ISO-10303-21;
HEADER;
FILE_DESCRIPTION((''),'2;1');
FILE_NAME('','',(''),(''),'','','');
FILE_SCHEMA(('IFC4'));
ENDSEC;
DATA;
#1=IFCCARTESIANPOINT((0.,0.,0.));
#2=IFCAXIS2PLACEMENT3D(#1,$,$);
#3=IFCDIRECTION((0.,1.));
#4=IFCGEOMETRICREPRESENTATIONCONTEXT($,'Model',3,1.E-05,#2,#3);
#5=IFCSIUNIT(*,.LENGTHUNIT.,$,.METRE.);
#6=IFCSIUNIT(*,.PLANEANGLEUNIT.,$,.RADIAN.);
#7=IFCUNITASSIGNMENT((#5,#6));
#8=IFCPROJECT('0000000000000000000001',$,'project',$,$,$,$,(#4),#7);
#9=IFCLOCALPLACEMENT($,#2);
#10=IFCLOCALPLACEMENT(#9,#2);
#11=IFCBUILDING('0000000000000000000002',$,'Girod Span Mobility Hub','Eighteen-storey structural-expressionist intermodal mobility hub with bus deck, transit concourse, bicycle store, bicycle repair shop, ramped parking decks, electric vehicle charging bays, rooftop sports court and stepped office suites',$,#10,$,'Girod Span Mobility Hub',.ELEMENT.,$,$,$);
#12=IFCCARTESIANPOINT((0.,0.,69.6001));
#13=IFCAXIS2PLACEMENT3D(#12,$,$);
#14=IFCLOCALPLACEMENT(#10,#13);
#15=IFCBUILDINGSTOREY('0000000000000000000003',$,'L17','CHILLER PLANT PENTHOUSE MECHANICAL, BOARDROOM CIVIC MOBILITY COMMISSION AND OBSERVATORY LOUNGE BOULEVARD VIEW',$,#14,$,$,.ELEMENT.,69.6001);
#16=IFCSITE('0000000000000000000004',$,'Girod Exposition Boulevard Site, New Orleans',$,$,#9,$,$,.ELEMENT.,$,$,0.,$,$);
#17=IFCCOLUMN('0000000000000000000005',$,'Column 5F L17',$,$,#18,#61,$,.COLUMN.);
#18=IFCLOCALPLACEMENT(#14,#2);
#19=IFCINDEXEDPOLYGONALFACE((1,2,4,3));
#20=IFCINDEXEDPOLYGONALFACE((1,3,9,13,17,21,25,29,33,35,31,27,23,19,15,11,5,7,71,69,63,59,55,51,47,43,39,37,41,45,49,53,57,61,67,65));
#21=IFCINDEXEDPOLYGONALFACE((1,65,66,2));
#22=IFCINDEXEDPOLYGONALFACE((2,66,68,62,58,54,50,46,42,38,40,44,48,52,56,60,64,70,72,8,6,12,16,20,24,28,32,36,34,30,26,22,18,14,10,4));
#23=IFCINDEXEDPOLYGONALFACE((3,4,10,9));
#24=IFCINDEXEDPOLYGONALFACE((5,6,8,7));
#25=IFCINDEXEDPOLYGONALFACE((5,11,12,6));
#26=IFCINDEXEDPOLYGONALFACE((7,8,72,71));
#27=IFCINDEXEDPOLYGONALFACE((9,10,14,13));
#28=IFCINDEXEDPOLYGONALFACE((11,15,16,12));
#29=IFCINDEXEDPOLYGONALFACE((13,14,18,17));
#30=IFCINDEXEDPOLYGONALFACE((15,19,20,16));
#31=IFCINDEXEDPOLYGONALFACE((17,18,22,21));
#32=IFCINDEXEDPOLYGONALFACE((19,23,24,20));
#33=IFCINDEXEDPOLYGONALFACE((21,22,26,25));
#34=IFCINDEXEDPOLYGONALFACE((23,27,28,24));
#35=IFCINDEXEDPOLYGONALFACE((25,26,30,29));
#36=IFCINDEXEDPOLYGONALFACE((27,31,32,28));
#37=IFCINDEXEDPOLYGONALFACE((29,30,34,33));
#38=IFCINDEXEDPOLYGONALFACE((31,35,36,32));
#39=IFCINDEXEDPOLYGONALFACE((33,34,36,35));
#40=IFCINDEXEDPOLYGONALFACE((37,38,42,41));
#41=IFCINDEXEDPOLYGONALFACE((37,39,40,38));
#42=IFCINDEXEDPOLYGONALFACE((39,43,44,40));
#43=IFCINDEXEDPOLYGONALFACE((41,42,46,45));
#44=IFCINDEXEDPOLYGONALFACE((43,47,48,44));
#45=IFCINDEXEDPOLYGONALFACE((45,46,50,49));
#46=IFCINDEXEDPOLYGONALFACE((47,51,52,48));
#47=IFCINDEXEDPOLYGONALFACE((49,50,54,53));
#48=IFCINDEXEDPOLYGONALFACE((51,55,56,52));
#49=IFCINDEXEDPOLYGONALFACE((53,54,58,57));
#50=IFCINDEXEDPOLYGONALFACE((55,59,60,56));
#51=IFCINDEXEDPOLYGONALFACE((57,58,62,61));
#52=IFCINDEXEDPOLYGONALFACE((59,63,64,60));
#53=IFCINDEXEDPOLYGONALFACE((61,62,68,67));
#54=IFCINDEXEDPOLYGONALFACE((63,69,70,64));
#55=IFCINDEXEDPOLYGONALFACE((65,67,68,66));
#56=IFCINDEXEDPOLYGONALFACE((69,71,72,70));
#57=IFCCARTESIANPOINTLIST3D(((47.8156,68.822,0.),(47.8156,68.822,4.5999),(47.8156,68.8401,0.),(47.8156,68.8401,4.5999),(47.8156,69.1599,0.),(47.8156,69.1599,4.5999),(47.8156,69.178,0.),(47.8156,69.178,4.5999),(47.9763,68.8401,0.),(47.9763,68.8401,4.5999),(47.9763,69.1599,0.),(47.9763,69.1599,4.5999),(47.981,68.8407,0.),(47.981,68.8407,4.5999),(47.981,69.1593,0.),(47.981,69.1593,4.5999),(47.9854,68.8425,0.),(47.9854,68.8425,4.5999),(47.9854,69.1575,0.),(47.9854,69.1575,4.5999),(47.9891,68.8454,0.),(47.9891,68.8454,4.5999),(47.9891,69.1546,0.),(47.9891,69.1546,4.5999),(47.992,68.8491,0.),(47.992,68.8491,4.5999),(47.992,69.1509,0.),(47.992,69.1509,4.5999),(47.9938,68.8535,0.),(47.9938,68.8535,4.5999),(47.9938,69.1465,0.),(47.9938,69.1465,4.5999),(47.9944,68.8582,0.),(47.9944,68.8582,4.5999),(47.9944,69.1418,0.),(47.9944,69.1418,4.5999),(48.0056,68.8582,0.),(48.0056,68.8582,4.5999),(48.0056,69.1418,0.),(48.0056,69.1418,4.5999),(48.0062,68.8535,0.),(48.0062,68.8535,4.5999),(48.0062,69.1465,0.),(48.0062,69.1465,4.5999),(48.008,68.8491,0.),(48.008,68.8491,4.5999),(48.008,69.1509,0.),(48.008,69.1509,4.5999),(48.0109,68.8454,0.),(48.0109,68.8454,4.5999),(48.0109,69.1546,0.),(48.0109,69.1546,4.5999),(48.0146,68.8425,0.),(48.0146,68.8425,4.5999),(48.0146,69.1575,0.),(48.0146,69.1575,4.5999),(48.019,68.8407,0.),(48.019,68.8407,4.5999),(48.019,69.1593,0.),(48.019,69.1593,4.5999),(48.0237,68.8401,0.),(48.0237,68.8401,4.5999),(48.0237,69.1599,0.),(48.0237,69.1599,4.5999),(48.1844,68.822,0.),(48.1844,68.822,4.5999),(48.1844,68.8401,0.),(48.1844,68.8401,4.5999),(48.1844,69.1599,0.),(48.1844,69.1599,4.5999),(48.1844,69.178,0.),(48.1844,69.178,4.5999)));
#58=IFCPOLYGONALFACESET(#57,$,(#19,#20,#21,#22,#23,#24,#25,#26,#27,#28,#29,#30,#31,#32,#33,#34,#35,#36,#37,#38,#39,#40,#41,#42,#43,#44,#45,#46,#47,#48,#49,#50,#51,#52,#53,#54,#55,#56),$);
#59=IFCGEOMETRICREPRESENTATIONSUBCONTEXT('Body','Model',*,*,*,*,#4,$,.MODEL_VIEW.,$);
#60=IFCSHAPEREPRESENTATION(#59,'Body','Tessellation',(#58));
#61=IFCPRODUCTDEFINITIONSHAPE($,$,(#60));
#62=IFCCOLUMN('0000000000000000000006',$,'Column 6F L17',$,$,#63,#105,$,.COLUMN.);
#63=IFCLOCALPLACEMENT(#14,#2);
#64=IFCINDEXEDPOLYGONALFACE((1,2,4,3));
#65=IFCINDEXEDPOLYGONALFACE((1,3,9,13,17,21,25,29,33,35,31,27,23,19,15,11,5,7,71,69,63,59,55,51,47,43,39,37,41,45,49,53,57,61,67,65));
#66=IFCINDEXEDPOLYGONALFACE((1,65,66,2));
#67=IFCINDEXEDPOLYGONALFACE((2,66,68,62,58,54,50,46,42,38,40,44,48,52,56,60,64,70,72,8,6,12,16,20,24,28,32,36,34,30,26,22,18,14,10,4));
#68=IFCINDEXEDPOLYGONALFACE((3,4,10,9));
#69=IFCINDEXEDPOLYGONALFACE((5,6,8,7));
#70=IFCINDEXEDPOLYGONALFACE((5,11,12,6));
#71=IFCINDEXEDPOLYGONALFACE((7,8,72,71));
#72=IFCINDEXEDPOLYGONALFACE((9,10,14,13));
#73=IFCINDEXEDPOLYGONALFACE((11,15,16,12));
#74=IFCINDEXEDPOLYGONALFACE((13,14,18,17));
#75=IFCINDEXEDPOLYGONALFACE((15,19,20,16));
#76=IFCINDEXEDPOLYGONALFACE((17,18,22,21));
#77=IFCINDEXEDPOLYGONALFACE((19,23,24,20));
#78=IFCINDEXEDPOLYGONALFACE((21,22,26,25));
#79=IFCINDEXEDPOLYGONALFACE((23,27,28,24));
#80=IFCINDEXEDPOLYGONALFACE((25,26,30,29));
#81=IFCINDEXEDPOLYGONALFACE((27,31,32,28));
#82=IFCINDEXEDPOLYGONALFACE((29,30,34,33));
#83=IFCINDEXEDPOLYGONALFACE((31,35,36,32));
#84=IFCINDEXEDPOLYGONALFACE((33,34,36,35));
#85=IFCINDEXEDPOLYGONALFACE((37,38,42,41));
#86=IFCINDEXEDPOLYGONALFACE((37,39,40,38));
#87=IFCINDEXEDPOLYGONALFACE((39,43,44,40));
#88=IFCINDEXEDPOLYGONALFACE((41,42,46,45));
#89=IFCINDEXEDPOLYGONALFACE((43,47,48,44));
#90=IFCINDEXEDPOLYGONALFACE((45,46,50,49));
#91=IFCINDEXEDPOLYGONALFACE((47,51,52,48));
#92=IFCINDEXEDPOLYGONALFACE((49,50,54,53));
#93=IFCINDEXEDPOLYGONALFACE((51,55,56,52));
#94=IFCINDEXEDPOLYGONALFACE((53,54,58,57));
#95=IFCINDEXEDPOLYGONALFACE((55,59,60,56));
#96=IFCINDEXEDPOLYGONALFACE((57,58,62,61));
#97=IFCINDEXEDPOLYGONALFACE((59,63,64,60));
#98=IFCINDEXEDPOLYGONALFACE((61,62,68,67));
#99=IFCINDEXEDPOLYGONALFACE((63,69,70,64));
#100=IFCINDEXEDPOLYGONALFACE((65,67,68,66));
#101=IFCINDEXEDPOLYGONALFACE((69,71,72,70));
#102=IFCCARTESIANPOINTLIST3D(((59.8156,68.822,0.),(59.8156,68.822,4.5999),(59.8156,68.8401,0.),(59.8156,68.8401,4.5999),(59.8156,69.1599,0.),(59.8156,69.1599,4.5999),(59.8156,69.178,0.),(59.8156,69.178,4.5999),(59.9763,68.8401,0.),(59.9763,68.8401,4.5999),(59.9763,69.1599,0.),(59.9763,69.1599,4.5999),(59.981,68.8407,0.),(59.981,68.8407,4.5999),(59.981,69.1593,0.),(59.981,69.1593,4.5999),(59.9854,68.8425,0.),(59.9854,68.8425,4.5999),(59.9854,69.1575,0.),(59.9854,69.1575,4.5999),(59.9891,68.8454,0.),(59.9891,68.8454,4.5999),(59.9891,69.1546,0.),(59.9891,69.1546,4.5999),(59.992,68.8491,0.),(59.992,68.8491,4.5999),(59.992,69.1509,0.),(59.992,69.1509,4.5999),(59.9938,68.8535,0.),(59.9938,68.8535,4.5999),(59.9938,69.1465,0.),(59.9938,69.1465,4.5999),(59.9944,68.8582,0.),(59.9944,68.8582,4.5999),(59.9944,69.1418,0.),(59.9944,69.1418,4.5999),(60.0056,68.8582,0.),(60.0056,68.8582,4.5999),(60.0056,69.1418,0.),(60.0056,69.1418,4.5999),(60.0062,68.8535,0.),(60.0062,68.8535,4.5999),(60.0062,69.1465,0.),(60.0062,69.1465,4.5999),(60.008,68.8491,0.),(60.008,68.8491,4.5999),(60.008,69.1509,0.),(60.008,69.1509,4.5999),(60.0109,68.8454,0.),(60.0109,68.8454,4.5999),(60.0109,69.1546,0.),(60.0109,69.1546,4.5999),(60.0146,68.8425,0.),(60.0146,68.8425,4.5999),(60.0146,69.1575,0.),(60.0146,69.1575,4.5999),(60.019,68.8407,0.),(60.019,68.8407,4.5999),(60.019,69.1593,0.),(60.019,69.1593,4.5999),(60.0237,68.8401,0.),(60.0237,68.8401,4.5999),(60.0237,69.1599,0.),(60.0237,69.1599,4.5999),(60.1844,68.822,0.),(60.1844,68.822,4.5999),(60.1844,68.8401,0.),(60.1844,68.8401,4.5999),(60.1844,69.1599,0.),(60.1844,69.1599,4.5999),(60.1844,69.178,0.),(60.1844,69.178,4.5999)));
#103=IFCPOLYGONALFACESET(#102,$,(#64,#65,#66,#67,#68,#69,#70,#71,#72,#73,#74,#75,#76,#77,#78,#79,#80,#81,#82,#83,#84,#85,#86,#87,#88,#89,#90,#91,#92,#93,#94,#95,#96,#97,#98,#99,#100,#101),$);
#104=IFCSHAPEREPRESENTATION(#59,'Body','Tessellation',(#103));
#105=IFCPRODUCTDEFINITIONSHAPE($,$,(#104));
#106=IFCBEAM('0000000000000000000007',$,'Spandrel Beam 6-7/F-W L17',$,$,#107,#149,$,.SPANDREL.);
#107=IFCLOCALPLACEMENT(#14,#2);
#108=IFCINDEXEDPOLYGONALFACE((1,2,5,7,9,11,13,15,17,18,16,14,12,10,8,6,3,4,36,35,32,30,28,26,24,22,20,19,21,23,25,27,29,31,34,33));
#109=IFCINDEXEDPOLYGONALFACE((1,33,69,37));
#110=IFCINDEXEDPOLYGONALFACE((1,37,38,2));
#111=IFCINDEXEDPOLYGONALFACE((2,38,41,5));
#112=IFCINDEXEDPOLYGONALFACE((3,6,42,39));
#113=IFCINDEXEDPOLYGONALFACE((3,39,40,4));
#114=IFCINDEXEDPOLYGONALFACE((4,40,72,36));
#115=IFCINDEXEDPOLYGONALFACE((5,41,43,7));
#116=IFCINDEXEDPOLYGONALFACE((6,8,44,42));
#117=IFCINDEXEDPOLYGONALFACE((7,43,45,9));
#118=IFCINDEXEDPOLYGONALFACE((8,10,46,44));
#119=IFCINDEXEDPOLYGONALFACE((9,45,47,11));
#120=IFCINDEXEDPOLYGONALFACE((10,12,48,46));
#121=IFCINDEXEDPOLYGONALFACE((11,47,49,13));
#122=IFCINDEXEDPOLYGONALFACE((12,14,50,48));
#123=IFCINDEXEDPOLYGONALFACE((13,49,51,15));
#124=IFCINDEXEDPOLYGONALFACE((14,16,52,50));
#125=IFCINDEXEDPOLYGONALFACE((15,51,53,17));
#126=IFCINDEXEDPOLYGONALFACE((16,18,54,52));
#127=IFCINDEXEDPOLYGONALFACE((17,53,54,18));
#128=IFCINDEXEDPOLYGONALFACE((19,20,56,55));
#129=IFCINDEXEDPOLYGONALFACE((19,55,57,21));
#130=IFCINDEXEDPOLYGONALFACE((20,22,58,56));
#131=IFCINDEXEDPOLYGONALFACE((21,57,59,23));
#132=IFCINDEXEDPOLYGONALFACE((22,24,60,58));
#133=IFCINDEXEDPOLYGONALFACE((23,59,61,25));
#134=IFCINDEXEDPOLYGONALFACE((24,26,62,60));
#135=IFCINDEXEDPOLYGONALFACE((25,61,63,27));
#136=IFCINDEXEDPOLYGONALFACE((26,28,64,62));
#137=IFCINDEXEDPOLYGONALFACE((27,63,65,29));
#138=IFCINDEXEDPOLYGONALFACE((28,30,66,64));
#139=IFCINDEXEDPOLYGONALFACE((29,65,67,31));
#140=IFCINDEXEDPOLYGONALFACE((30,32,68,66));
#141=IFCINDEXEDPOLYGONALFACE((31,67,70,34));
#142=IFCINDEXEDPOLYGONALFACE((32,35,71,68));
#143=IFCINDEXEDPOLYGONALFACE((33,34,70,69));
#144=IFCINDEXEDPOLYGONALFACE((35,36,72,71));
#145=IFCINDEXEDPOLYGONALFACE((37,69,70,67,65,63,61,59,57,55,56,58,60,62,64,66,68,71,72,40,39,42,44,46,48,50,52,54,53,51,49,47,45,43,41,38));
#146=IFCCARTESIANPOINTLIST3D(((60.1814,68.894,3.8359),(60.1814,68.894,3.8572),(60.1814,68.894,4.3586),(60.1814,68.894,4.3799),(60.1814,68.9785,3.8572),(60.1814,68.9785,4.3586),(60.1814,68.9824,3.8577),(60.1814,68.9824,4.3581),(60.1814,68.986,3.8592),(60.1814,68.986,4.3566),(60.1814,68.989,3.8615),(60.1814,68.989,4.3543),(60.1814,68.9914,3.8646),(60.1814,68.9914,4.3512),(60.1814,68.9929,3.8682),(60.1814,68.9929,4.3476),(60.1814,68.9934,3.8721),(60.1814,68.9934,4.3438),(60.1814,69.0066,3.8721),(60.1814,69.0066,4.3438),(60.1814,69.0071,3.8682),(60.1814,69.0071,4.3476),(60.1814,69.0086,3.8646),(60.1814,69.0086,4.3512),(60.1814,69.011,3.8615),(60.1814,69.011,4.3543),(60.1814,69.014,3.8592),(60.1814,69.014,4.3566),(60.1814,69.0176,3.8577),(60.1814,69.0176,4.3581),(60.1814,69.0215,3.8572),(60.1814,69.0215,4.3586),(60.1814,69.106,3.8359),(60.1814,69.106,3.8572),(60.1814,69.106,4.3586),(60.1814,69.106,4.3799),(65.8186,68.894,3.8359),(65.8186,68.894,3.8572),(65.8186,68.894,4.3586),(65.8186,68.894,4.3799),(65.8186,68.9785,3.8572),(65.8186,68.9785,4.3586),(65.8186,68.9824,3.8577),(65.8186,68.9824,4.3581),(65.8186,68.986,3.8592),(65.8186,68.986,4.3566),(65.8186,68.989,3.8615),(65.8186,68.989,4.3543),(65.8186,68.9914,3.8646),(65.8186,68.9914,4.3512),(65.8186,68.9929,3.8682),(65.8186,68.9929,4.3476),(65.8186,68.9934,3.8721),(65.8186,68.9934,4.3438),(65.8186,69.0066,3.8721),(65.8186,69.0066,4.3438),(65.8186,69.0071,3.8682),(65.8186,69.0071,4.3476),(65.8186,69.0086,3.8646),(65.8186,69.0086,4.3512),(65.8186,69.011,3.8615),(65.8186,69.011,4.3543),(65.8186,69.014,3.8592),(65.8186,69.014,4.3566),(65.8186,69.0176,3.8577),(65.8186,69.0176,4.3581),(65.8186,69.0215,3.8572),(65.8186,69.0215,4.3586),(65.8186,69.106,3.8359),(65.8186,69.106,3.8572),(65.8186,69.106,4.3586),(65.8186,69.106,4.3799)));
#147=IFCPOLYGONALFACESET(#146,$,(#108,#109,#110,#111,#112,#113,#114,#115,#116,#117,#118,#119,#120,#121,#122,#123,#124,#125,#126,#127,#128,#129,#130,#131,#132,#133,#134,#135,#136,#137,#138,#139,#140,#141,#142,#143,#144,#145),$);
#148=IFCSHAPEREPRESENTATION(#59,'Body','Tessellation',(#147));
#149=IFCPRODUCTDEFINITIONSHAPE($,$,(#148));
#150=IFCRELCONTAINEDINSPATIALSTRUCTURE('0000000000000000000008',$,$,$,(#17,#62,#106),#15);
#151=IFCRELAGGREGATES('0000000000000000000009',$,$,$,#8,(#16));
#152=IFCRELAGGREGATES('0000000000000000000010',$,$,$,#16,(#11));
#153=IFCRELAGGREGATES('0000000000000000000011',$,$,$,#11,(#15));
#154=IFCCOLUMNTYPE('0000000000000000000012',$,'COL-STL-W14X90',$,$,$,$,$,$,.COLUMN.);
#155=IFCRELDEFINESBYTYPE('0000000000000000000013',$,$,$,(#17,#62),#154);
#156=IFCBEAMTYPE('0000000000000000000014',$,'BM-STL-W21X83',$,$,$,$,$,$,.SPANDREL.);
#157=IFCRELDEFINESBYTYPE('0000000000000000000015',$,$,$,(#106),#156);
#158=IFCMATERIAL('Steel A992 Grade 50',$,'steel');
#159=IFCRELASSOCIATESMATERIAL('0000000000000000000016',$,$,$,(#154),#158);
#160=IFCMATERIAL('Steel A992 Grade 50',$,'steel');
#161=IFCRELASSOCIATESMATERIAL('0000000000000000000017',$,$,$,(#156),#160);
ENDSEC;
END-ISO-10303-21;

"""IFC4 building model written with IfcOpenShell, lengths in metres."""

from ifc_helpers import new_model, si_unit, direction, frame, origin, origin_2d, place, context, subcontext, project, spatial, i_section, extrude, material, material_profile, profile_set, type_object, element, save


model = new_model("IFC4")

# Units and contexts
model_context = context("Model", 3, precision=1e-05, world=origin(), true_north=direction((0.0, 1.0)))
body_context = subcontext(model_context, "Body", "Model", "MODEL_VIEW")
ifc_project = project(units=[si_unit("LENGTHUNIT", "METRE"), si_unit("PLANEANGLEUNIT", "RADIAN")], contexts=[model_context])

# Site, building, storey
site_placement = place(None, origin())
site = spatial("IfcSite", under=ifc_project, at=site_placement, Name="Girod Exposition Boulevard Site, New Orleans", CompositionType="ELEMENT", RefElevation=0.0)
building_placement = place(site_placement, origin())
building = spatial("IfcBuilding", under=site, at=building_placement, Name="Girod Span Mobility Hub", Description="Eighteen-storey structural-expressionist intermodal mobility hub with bus deck, transit concourse, bicycle store, bicycle repair shop, ramped parking decks, electric vehicle charging bays, rooftop sports court and stepped office suites", LongName="Girod Span Mobility Hub", CompositionType="ELEMENT")
storey_placement = place(building_placement, frame((0.0, 0.0, 69.6001)))
storey = spatial("IfcBuildingStorey", under=building, at=storey_placement, Name="L17", Description="CHILLER PLANT PENTHOUSE MECHANICAL, BOARDROOM CIVIC MOBILITY COMMISSION AND OBSERVATORY LOUNGE BOULEVARD VIEW", CompositionType="ELEMENT", Elevation=69.6001)

# Columns
ifc_material_1 = material(Name="Steel A992 Grade 50", Category="steel")
ifc_material_profile_1 = material_profile(ifc_material_1, i_section(OverallWidth=0.3689, OverallDepth=0.356, WebThickness=0.0112, FlangeThickness=0.0181, FilletRadius=0.0181, at=origin_2d()), Name="W14X90")
ifc_profile_set_1 = profile_set([ifc_material_profile_1], Name="Steel A992 Grade 50")
column_type = type_object("IfcColumnType", Name="COL-STL-W14X90", PredefinedType="COLUMN", material=ifc_profile_set_1)
for number, where, z_axis, x_axis, name in (
    (1, (48.0, 69.0, 0.0), (0.0, 0.0, 1.0), (1.0, 0.0, 0.0), "Column 5F L17"),
    (2, (60.0, 69.0, 0.0), (0.0, 0.0, 1.0), (1.0, 0.0, 0.0), "Column 6F L17"),
):
    element("IfcColumn", number, at=place(storey_placement, frame(where, z_axis=z_axis, x_axis=x_axis)), inside=storey, type_object=column_type, Name=name, PredefinedType="COLUMN", context=body_context, shape_type="SweptSolid", body=[
        extrude(i_section(OverallWidth=0.3689, OverallDepth=0.356, WebThickness=0.0112, FlangeThickness=0.0181, FilletRadius=0.0181, at=origin_2d()), origin(), (0.0, 0.0, 1.0), 4.5999),
    ])

# Beam
ifc_material_2 = material(Name="Steel A992 Grade 50", Category="steel")
ifc_material_profile_2 = material_profile(ifc_material_2, i_section(OverallWidth=0.2119, OverallDepth=0.5439, WebThickness=0.0132, FlangeThickness=0.0212, FilletRadius=0.0149, at=origin_2d()), Name="W21X83")
ifc_profile_set_2 = profile_set([ifc_material_profile_2], Name="Steel A992 Grade 50")
beam_type = type_object("IfcBeamType", Name="BM-STL-W21X83", PredefinedType="SPANDREL", material=ifc_profile_set_2)
beam_placement = place(storey_placement, frame((60.1814, 69.0, 4.1079), z_axis=(1.0, 0.0, 0.0), x_axis=(0.0, 1.0, 0.0)))
element("IfcBeam", 3, at=beam_placement, inside=storey, type_object=beam_type, Name="Spandrel Beam 6-7/F-W L17", PredefinedType="SPANDREL", context=body_context, shape_type="SweptSolid", body=[
    extrude(i_section(OverallWidth=0.2119, OverallDepth=0.5439, WebThickness=0.0132, FlangeThickness=0.0212, FilletRadius=0.0149, at=origin_2d()), origin(), (0.0, 0.0, 1.0), 5.6372),
])

save(model, "model.ifc")
